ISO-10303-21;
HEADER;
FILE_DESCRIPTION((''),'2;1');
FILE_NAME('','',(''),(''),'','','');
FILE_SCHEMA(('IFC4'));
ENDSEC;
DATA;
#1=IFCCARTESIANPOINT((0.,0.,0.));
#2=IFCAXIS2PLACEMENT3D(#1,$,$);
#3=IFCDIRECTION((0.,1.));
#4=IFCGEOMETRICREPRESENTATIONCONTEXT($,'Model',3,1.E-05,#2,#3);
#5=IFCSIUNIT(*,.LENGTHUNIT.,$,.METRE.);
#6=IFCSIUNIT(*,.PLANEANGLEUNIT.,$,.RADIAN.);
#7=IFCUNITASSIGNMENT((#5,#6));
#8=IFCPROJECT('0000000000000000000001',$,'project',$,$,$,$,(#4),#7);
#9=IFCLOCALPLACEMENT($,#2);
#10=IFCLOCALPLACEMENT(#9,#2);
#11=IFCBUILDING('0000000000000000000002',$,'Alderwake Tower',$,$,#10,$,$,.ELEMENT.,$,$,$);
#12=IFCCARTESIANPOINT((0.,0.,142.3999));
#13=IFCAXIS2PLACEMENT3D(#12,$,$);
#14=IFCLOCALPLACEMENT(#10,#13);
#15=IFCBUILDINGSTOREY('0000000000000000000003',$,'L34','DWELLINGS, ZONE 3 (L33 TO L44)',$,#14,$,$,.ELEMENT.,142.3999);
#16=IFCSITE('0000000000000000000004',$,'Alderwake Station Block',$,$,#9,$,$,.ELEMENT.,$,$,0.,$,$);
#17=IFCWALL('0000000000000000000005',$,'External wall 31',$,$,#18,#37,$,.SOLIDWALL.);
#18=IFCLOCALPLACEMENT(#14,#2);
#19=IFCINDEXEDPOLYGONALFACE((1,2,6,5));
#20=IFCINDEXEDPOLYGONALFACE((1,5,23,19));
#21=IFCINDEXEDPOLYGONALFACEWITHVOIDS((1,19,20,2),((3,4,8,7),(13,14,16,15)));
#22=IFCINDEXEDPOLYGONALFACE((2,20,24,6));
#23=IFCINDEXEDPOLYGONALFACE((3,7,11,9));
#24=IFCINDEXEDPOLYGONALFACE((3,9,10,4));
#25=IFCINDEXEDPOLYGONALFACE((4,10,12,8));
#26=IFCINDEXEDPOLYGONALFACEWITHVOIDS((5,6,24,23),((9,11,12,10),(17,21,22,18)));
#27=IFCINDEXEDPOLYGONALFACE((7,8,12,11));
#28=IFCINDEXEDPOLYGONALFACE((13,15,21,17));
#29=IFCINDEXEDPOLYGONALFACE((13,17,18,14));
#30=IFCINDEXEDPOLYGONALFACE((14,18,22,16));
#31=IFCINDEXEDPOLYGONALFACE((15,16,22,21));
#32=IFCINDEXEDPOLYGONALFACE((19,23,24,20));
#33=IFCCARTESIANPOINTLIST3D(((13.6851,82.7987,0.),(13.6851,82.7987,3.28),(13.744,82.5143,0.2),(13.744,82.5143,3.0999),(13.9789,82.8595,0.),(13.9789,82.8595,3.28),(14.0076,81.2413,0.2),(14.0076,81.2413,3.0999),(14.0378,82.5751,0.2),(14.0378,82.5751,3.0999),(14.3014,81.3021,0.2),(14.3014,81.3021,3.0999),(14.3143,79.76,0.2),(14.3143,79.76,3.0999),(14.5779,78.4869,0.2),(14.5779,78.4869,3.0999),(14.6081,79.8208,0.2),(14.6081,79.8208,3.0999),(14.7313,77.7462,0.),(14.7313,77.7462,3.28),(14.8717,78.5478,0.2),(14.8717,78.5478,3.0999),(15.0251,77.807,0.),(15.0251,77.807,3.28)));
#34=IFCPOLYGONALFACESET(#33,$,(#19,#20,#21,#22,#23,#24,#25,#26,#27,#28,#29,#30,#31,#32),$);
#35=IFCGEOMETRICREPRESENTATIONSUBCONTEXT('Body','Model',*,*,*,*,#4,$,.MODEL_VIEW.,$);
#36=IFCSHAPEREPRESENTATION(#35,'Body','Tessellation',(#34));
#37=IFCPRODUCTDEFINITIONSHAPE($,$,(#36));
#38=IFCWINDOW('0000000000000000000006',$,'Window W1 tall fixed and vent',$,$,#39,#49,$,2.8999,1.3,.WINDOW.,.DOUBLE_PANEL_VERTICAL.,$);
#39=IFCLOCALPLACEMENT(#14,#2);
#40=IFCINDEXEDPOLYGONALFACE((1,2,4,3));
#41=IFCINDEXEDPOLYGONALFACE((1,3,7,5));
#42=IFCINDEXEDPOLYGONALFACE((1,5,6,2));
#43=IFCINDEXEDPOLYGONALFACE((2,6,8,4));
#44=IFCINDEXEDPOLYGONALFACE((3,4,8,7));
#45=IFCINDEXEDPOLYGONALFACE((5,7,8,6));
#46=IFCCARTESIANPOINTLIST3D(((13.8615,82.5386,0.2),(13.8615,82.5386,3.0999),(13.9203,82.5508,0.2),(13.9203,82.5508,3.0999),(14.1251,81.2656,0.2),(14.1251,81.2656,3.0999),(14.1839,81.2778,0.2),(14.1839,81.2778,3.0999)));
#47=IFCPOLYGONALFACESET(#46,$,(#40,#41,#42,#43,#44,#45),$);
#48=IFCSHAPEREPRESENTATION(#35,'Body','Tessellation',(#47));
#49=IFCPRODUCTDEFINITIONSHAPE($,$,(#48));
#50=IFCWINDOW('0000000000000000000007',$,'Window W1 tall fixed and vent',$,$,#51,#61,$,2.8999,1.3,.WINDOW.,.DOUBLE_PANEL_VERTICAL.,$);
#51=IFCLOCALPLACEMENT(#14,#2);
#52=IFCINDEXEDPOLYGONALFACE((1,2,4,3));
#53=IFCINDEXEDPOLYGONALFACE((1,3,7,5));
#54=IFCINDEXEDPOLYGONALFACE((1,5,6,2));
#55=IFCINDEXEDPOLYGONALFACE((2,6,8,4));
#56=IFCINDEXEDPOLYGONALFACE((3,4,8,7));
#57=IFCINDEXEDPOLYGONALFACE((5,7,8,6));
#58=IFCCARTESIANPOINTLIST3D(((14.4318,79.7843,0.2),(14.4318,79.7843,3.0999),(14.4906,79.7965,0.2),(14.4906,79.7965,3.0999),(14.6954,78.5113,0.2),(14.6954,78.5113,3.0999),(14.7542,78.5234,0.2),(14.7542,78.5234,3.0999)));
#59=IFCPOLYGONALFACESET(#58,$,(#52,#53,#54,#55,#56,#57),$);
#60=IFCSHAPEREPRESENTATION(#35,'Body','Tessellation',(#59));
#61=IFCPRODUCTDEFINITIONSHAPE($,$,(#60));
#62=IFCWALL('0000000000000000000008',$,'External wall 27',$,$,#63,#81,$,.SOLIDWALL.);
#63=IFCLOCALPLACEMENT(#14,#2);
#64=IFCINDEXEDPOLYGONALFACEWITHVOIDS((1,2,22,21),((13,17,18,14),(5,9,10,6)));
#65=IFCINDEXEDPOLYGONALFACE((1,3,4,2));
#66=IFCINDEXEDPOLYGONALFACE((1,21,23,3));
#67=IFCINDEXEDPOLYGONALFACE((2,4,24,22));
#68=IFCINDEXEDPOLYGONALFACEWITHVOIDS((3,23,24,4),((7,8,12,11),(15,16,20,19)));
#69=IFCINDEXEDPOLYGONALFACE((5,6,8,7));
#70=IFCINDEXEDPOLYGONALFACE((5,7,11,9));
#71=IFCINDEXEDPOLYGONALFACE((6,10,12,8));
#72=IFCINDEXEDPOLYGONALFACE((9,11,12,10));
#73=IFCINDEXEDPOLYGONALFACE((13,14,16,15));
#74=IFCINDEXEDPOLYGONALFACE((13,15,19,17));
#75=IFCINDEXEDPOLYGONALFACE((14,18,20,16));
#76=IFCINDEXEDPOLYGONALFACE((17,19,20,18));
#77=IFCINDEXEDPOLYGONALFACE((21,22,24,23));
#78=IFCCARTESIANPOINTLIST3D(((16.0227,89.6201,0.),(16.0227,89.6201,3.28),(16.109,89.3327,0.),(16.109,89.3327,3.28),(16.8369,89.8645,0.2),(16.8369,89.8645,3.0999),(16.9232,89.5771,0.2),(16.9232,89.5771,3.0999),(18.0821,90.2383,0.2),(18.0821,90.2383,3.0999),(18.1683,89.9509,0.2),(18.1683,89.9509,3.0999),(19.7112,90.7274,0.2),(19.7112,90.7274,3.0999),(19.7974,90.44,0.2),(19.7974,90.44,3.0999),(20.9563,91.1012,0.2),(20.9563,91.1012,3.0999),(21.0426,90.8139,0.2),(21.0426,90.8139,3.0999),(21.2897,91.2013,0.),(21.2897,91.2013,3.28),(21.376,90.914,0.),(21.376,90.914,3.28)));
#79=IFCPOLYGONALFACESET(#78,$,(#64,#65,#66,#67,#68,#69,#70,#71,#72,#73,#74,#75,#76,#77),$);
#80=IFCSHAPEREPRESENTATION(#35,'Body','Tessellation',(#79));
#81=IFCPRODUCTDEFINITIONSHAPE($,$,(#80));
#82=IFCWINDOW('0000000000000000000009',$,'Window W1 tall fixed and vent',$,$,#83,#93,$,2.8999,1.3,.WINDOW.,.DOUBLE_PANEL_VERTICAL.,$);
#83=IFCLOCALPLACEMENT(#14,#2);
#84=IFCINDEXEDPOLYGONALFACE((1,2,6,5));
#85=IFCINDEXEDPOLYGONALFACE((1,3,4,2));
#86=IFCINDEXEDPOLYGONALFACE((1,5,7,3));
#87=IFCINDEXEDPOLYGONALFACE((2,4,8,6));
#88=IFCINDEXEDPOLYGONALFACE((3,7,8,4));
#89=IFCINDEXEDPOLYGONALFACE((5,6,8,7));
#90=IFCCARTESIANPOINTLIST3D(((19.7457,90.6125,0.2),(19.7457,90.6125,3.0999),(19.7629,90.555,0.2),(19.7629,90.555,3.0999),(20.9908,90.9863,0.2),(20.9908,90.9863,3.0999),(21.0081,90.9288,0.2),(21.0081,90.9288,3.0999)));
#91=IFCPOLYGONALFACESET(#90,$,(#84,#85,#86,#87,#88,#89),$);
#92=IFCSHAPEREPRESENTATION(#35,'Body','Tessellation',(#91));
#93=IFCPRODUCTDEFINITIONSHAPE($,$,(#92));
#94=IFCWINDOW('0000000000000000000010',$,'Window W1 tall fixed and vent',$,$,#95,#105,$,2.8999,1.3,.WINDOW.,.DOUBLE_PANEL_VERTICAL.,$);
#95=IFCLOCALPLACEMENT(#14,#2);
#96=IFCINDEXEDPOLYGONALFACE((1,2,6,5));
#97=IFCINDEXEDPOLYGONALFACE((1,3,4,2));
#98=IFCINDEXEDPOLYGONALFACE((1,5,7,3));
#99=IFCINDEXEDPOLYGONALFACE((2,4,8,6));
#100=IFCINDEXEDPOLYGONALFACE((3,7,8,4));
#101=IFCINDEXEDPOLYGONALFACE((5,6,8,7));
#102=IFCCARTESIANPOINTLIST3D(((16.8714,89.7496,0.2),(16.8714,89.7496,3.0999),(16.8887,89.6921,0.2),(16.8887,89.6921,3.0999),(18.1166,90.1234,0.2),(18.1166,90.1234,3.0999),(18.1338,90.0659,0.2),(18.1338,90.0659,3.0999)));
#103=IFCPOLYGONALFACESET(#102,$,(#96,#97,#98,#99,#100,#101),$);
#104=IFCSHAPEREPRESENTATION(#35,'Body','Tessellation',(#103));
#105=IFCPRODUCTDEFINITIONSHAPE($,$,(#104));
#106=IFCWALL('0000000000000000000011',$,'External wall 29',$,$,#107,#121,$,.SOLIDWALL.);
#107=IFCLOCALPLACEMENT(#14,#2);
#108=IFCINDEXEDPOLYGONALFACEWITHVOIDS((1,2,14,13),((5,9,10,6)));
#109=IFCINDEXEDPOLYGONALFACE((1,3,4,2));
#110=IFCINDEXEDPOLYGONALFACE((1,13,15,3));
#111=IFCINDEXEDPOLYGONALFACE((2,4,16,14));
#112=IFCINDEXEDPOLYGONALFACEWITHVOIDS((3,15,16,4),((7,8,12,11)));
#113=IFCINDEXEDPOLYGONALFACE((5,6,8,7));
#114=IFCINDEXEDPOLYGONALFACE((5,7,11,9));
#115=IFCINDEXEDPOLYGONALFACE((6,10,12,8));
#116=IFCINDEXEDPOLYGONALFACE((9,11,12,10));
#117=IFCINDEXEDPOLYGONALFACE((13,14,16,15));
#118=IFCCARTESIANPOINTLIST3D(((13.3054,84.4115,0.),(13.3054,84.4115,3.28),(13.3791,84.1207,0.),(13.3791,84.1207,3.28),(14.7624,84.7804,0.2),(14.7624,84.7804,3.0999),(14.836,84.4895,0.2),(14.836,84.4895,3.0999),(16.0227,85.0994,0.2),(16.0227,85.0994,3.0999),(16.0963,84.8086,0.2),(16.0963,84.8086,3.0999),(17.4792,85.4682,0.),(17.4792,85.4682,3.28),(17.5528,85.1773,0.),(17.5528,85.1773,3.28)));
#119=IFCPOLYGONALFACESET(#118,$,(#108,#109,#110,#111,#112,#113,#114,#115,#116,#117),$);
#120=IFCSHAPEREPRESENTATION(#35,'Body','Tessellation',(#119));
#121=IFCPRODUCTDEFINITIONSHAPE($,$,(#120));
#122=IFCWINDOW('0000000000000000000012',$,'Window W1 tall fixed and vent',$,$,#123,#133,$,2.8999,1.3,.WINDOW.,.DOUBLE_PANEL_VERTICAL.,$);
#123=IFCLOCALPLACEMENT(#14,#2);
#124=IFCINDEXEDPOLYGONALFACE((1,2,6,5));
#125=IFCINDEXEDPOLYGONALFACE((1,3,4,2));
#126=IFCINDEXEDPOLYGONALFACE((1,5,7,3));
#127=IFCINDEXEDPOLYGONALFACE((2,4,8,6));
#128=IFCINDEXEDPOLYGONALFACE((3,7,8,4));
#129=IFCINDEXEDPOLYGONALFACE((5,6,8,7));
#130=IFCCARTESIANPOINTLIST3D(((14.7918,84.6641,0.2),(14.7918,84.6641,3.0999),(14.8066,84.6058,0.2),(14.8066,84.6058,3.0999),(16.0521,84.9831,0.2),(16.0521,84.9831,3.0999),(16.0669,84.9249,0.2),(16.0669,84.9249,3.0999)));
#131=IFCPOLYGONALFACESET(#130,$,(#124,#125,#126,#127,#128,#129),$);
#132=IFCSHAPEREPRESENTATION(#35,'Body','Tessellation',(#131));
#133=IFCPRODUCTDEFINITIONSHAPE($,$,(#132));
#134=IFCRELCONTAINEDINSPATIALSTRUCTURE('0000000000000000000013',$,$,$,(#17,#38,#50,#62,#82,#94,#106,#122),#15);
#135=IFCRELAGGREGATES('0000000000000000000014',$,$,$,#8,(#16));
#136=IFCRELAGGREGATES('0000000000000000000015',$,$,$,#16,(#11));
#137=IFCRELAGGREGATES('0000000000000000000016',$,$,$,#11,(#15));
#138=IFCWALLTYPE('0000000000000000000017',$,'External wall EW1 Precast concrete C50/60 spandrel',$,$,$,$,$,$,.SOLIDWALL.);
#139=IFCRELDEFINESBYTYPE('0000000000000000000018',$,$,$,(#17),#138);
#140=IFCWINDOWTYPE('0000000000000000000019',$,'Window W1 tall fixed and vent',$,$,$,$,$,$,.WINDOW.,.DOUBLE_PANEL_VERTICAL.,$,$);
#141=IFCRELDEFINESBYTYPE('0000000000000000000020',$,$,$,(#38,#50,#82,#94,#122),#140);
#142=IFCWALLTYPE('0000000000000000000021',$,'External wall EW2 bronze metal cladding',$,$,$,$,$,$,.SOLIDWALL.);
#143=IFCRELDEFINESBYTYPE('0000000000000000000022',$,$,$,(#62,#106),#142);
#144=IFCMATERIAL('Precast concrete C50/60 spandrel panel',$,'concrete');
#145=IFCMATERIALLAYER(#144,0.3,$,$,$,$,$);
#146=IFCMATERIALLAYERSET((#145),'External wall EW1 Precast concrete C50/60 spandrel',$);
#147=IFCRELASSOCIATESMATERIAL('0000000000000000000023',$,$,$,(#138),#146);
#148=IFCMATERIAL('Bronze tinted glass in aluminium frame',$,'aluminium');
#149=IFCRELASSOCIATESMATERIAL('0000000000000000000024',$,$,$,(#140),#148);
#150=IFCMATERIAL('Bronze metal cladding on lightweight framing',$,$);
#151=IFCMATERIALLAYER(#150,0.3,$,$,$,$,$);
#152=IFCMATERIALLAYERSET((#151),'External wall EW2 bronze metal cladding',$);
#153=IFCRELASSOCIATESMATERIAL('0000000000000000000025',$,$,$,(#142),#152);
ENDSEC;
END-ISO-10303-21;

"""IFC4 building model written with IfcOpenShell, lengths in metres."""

from ifc_helpers import new_model, si_unit, direction, frame, frame_2d, origin, place, context, subcontext, project, spatial, rectangle, extrude, material, layer, layer_set, type_object, element, fill, save


model = new_model("IFC4")

# Units and contexts
model_context = context("Model", 3, precision=1e-05, world=origin(), true_north=direction((0.0, 1.0)))
body_context = subcontext(model_context, "Body", "Model", "MODEL_VIEW")
ifc_project = project(units=[si_unit("LENGTHUNIT", "METRE"), si_unit("PLANEANGLEUNIT", "RADIAN")], contexts=[model_context])

# Site, building, storey
site_placement = place(None, origin())
site = spatial("IfcSite", under=ifc_project, at=site_placement, Name="Alderwake Station Block", CompositionType="ELEMENT", RefElevation=0.0)
building_placement = place(site_placement, origin())
building = spatial("IfcBuilding", under=site, at=building_placement, Name="Alderwake Tower", CompositionType="ELEMENT")
storey_placement = place(building_placement, frame((0.0, 0.0, 142.3999)))
storey = spatial("IfcBuildingStorey", under=building, at=storey_placement, Name="L34", Description="DWELLINGS, ZONE 3 (L33 TO L44)", CompositionType="ELEMENT", Elevation=142.3999)

# Shared definitions
ifc_material_1 = material(Name="Precast concrete C50/60 spandrel panel", Category="concrete")
ifc_layer_1 = layer(ifc_material_1, 0.3)
ifc_layer_set_1 = layer_set([ifc_layer_1], Name="External wall EW1 Precast concrete C50/60 spandrel")
wall_type_1 = type_object("IfcWallType", Name="External wall EW1 Precast concrete C50/60 spandrel", PredefinedType="SOLIDWALL", material=ifc_layer_set_1)

# Walls, openings, windows
wall_1_placement = place(storey_placement, frame((13.832, 82.8291, 0.0), z_axis=(0.0, 0.0, 1.0), x_axis=(0.202754, -0.97923, 0.0)))
wall_1 = element("IfcWall", 1, at=wall_1_placement, inside=storey, type_object=wall_type_1, Name="External wall 31", PredefinedType="SOLIDWALL", context=body_context, shape_type="SweptSolid", body=[
    extrude(rectangle(XDim=5.1597, YDim=0.3, at=frame_2d((2.5798, 0.0))), origin(), (0.0, 0.0, 1.0), 3.28),
])
opening_1_placement = place(wall_1_placement, frame((0.2905, 0.0, 0.2)))
opening_1 = element("IfcOpeningElement", 2, at=opening_1_placement, cuts=wall_1, PredefinedType="OPENING", context=body_context, shape_type="SweptSolid", body=[
    extrude(rectangle(XDim=1.3, YDim=2.8999, at=frame_2d((0.6499, 1.45))), frame((0.0, 0.1599, 0.0), z_axis=(0.0, -1.0, 0.0), x_axis=(1.0, 0.0, 0.0)), (0.0, 0.0, 1.0), 0.3201),
])
opening_2_placement = place(wall_1_placement, frame((3.1033, 0.0, 0.2)))
opening_2 = element("IfcOpeningElement", 3, at=opening_2_placement, cuts=wall_1, PredefinedType="OPENING", context=body_context, shape_type="SweptSolid", body=[
    extrude(rectangle(XDim=1.3, YDim=2.8999, at=frame_2d((0.6499, 1.45))), frame((0.0, 0.1599, 0.0), z_axis=(0.0, -1.0, 0.0), x_axis=(1.0, 0.0, 0.0)), (0.0, 0.0, 1.0), 0.3201),
])
ifc_material_2 = material(Name="Bronze tinted glass in aluminium frame", Category="aluminium")
window_type = type_object("IfcWindowType", Name="Window W1 tall fixed and vent", PartitioningType="DOUBLE_PANEL_VERTICAL", PredefinedType="WINDOW", material=ifc_material_2)
window_1_placement = place(opening_1_placement, origin())
window_1 = element("IfcWindow", 4, at=window_1_placement, inside=storey, type_object=window_type, Name="Window W1 tall fixed and vent", OverallHeight=2.8999, OverallWidth=1.3, PartitioningType="DOUBLE_PANEL_VERTICAL", PredefinedType="WINDOW", context=body_context, shape_type="SweptSolid", body=[
    extrude(rectangle(XDim=1.3, YDim=2.8999, at=frame_2d((0.6499, 1.45))), frame((0.0, 0.03, 0.0), z_axis=(0.0, -1.0, 0.0), x_axis=(1.0, 0.0, 0.0)), (0.0, 0.0, 1.0), 0.0601),
])
fill(opening_1, window_1)
window_2_placement = place(opening_2_placement, origin())
window_2 = element("IfcWindow", 5, at=window_2_placement, inside=storey, type_object=window_type, Name="Window W1 tall fixed and vent", OverallHeight=2.8999, OverallWidth=1.3, PartitioningType="DOUBLE_PANEL_VERTICAL", PredefinedType="WINDOW", context=body_context, shape_type="SweptSolid", body=[
    extrude(rectangle(XDim=1.3, YDim=2.8999, at=frame_2d((0.6499, 1.45))), frame((0.0, 0.03, 0.0), z_axis=(0.0, -1.0, 0.0), x_axis=(1.0, 0.0, 0.0)), (0.0, 0.0, 1.0), 0.0601),
])
fill(opening_2, window_2)
ifc_material_3 = material(Name="Bronze metal cladding on lightweight framing")
ifc_layer_2 = layer(ifc_material_3, 0.3)
ifc_layer_set_2 = layer_set([ifc_layer_2], Name="External wall EW2 bronze metal cladding")
wall_type_2 = type_object("IfcWallType", Name="External wall EW2 bronze metal cladding", PredefinedType="SOLIDWALL", material=ifc_layer_set_2)
wall_2_placement = place(storey_placement, frame((21.3328, 91.0576, 0.0), z_axis=(0.0, 0.0, 1.0), x_axis=(-0.957768, -0.287543, 0.0)))
wall_2 = element("IfcWall", 6, at=wall_2_placement, inside=storey, type_object=wall_type_2, Name="External wall 27", PredefinedType="SOLIDWALL", context=body_context, shape_type="SweptSolid", body=[
    extrude(rectangle(XDim=5.4993, YDim=0.3, at=frame_2d((2.7495, 0.0))), origin(), (0.0, 0.0, 1.0), 3.28),
])
opening_3_placement = place(wall_2_placement, frame((0.3481, 0.0, 0.2)))
opening_3 = element("IfcOpeningElement", 7, at=opening_3_placement, cuts=wall_2, PredefinedType="OPENING", context=body_context, shape_type="SweptSolid", body=[
    extrude(rectangle(XDim=1.3, YDim=2.8999, at=frame_2d((0.6499, 1.45))), frame((0.0, 0.1599, 0.0), z_axis=(0.0, -1.0, 0.0), x_axis=(1.0, 0.0, 0.0)), (0.0, 0.0, 1.0), 0.3201),
])
opening_4_placement = place(wall_2_placement, frame((3.3491, 0.0, 0.2)))
opening_4 = element("IfcOpeningElement", 8, at=opening_4_placement, cuts=wall_2, PredefinedType="OPENING", context=body_context, shape_type="SweptSolid", body=[
    extrude(rectangle(XDim=1.3, YDim=2.8999, at=frame_2d((0.6499, 1.45))), frame((0.0, 0.1599, 0.0), z_axis=(0.0, -1.0, 0.0), x_axis=(1.0, 0.0, 0.0)), (0.0, 0.0, 1.0), 0.3201),
])
window_3_placement = place(opening_3_placement, origin())
window_3 = element("IfcWindow", 9, at=window_3_placement, inside=storey, type_object=window_type, Name="Window W1 tall fixed and vent", OverallHeight=2.8999, OverallWidth=1.3, PartitioningType="DOUBLE_PANEL_VERTICAL", PredefinedType="WINDOW", context=body_context, shape_type="SweptSolid", body=[
    extrude(rectangle(XDim=1.3, YDim=2.8999, at=frame_2d((0.6499, 1.45))), frame((0.0, 0.03, 0.0), z_axis=(0.0, -1.0, 0.0), x_axis=(1.0, 0.0, 0.0)), (0.0, 0.0, 1.0), 0.0601),
])
fill(opening_3, window_3)
window_4_placement = place(opening_4_placement, origin())
window_4 = element("IfcWindow", 10, at=window_4_placement, inside=storey, type_object=window_type, Name="Window W1 tall fixed and vent", OverallHeight=2.8999, OverallWidth=1.3, PartitioningType="DOUBLE_PANEL_VERTICAL", PredefinedType="WINDOW", context=body_context, shape_type="SweptSolid", body=[
    extrude(rectangle(XDim=1.3, YDim=2.8999, at=frame_2d((0.6499, 1.45))), frame((0.0, 0.03, 0.0), z_axis=(0.0, -1.0, 0.0), x_axis=(1.0, 0.0, 0.0)), (0.0, 0.0, 1.0), 0.0601),
])
fill(opening_4, window_4)

# Wall, opening, window
wall_3_placement = place(storey_placement, frame((17.5161, 85.3228, 0.0), z_axis=(0.0, 0.0, 1.0), x_axis=(-0.969418, -0.245416, 0.0)))
wall_3 = element("IfcWall", 11, at=wall_3_placement, inside=storey, type_object=wall_type_2, Name="External wall 29", PredefinedType="SOLIDWALL", context=body_context, shape_type="SweptSolid", body=[
    extrude(rectangle(XDim=4.3054, YDim=0.3, at=frame_2d((2.1528, 0.0))), origin(), (0.0, 0.0, 1.0), 3.28),
])
opening_5_placement = place(wall_3_placement, frame((1.5027, 0.0, 0.2)))
opening_5 = element("IfcOpeningElement", 12, at=opening_5_placement, cuts=wall_3, PredefinedType="OPENING", context=body_context, shape_type="SweptSolid", body=[
    extrude(rectangle(XDim=1.3, YDim=2.8999, at=frame_2d((0.6499, 1.45))), frame((0.0, 0.1599, 0.0), z_axis=(0.0, -1.0, 0.0), x_axis=(1.0, 0.0, 0.0)), (0.0, 0.0, 1.0), 0.3201),
])
window_5_placement = place(opening_5_placement, origin())
window_5 = element("IfcWindow", 13, at=window_5_placement, inside=storey, type_object=window_type, Name="Window W1 tall fixed and vent", OverallHeight=2.8999, OverallWidth=1.3, PartitioningType="DOUBLE_PANEL_VERTICAL", PredefinedType="WINDOW", context=body_context, shape_type="SweptSolid", body=[
    extrude(rectangle(XDim=1.3, YDim=2.8999, at=frame_2d((0.6499, 1.45))), frame((0.0, 0.03, 0.0), z_axis=(0.0, -1.0, 0.0), x_axis=(1.0, 0.0, 0.0)), (0.0, 0.0, 1.0), 0.0601),
])
fill(opening_5, window_5)

save(model, "model.ifc")
